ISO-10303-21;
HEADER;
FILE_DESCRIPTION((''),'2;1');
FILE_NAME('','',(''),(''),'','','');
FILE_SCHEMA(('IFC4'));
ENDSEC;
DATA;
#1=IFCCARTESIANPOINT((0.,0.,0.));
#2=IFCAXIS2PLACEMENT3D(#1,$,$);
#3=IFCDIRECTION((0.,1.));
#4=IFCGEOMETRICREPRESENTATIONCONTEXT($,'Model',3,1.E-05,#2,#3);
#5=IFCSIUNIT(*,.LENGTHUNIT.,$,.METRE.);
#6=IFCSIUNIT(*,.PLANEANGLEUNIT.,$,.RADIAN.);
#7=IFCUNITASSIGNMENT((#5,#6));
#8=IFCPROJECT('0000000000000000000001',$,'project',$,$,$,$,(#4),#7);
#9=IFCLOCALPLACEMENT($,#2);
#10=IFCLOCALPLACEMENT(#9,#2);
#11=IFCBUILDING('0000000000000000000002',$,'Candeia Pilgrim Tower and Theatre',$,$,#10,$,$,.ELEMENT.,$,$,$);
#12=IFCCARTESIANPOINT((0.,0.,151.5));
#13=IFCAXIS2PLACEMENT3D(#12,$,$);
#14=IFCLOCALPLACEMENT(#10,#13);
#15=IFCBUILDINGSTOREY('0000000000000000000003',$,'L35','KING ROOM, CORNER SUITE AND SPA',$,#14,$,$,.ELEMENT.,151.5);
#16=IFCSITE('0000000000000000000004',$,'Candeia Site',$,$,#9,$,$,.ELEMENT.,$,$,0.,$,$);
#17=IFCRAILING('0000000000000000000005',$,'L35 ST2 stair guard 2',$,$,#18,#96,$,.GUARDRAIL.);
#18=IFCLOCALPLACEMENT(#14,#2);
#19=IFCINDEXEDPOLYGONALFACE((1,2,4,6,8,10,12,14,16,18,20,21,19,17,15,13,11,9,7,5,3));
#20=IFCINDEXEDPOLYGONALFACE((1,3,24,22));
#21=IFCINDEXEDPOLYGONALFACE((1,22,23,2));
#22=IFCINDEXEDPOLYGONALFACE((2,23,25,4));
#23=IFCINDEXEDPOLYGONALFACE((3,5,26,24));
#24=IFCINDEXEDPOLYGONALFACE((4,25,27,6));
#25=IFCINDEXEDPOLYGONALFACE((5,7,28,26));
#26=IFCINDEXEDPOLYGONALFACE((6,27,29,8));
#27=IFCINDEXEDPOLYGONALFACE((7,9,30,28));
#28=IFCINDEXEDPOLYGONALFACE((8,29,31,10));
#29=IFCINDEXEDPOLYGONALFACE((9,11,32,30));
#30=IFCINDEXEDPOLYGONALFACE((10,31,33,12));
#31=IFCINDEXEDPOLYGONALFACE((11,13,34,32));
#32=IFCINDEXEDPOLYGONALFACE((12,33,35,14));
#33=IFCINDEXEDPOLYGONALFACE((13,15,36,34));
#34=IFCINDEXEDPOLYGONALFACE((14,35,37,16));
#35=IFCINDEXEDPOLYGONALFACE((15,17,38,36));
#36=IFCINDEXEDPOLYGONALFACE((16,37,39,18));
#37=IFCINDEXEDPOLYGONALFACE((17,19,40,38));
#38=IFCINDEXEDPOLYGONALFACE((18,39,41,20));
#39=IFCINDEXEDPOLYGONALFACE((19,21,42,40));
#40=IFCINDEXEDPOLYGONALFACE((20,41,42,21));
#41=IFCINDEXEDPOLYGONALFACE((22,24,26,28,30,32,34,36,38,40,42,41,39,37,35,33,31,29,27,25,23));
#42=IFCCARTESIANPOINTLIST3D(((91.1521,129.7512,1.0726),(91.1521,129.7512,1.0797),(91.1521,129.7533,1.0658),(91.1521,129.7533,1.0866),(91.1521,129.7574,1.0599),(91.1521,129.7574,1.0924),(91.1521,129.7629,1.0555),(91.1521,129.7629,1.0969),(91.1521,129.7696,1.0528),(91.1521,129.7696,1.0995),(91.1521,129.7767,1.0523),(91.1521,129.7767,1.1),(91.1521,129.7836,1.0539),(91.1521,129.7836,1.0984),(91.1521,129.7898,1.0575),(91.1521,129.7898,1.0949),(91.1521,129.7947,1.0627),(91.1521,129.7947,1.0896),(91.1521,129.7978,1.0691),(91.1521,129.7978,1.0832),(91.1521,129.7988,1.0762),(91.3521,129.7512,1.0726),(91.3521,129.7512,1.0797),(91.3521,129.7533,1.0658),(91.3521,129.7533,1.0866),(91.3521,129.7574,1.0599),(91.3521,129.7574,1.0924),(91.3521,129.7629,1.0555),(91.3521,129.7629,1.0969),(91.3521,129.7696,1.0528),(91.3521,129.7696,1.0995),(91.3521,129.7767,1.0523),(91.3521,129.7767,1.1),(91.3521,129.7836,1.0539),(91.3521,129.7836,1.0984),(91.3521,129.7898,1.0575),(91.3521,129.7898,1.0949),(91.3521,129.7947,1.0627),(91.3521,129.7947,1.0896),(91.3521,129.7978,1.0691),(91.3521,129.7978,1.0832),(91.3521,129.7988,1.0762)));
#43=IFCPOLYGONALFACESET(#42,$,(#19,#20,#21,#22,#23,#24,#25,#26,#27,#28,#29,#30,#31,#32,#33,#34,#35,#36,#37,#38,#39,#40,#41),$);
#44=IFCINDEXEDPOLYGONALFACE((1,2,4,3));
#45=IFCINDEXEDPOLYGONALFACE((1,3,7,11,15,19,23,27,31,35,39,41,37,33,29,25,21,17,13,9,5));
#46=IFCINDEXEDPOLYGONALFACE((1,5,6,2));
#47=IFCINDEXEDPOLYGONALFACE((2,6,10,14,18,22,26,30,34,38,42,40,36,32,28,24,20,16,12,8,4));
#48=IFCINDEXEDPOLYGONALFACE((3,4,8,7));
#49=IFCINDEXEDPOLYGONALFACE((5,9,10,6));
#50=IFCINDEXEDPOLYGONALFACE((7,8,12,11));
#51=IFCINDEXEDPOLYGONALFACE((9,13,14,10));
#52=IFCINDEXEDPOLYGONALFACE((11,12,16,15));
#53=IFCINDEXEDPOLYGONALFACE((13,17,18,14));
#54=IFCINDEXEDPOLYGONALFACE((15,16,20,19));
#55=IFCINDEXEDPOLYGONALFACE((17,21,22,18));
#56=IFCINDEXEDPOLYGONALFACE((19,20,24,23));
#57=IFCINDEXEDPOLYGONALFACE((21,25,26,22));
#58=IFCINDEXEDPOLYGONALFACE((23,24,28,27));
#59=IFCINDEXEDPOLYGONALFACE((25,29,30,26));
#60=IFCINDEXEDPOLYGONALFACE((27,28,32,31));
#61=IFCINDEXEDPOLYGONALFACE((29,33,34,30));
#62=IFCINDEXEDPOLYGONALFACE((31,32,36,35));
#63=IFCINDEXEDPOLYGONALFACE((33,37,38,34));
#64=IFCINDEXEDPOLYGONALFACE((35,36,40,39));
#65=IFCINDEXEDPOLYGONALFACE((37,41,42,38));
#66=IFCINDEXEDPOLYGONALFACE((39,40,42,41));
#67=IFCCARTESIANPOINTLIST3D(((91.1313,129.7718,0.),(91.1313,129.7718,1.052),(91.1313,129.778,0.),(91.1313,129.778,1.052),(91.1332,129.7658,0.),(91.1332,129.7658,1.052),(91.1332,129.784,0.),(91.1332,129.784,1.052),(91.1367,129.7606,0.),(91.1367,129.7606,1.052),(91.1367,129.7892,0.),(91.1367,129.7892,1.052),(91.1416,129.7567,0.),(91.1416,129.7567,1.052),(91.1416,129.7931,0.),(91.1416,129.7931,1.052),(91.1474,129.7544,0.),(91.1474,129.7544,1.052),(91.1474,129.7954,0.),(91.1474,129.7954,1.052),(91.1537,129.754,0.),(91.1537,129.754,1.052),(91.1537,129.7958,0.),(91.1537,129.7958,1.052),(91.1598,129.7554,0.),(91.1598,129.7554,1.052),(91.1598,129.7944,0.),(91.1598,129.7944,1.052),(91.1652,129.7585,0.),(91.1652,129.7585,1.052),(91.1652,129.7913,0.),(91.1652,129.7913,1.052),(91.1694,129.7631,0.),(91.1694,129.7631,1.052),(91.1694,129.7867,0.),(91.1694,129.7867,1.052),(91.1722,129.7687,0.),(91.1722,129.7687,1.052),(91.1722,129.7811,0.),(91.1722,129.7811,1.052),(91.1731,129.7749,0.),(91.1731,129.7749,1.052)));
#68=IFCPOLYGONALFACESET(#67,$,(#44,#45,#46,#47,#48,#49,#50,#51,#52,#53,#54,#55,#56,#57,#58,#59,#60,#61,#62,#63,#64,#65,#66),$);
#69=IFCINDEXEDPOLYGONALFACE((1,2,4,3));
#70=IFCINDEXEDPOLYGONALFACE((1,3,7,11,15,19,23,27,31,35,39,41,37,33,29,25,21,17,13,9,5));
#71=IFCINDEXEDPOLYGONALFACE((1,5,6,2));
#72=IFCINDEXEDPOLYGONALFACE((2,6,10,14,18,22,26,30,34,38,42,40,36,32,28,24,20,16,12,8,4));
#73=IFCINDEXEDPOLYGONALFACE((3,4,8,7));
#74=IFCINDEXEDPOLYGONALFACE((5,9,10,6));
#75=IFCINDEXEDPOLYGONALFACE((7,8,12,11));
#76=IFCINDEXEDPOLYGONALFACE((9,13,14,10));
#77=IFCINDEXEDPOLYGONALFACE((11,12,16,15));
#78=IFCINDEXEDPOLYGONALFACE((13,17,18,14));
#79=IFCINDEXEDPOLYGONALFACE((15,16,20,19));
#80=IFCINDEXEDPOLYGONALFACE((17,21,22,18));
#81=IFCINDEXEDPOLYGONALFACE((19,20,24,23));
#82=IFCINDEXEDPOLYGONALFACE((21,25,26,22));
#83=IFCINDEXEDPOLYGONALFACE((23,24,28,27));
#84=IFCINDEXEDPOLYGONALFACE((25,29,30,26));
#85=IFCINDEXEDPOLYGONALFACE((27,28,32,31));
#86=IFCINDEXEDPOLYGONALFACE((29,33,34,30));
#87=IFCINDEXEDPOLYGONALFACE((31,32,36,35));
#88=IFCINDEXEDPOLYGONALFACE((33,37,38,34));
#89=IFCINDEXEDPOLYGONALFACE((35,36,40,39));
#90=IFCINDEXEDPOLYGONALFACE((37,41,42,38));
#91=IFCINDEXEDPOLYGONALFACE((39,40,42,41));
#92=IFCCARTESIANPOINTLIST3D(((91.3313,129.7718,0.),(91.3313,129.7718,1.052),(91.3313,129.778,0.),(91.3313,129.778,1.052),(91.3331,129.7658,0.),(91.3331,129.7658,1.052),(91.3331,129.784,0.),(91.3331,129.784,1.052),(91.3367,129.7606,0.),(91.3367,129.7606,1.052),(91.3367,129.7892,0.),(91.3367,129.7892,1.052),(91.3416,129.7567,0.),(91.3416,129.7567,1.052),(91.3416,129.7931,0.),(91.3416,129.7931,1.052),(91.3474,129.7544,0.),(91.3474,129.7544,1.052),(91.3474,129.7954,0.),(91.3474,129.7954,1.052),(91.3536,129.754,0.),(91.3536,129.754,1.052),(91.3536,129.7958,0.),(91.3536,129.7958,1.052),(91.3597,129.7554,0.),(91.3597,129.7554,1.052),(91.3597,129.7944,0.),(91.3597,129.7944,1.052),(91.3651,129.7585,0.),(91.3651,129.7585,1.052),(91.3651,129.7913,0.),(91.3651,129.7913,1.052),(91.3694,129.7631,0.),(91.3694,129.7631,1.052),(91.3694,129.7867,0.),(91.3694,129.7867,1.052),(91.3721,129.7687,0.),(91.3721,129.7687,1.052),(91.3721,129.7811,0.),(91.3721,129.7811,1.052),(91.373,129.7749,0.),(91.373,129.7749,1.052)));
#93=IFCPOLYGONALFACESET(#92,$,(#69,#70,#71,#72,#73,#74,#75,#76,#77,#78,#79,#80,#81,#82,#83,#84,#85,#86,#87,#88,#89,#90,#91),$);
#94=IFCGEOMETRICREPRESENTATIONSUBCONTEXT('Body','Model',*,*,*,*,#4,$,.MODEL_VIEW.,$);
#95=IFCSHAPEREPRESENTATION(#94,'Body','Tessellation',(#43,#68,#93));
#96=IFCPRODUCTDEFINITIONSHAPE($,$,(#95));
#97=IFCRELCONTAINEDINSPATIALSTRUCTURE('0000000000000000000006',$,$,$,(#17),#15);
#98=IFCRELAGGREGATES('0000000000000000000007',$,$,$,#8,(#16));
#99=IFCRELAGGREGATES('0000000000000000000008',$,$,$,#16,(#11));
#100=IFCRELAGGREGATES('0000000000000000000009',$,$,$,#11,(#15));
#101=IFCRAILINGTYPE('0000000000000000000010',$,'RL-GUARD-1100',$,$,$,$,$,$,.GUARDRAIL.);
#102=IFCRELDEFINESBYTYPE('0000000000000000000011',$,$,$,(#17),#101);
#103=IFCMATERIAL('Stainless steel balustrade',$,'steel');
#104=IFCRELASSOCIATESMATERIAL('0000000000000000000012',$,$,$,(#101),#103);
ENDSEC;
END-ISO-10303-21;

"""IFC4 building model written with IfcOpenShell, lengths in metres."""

from ifc_helpers import new_model, si_unit, direction, frame, origin, origin_2d, place, context, subcontext, project, spatial, circle, extrude, material, type_object, element, save


model = new_model("IFC4")

# Units and contexts
model_context = context("Model", 3, precision=1e-05, world=origin(), true_north=direction((0.0, 1.0)))
body_context = subcontext(model_context, "Body", "Model", "MODEL_VIEW")
ifc_project = project(units=[si_unit("LENGTHUNIT", "METRE"), si_unit("PLANEANGLEUNIT", "RADIAN")], contexts=[model_context])

# Site, building, storey
site_placement = place(None, origin())
site = spatial("IfcSite", under=ifc_project, at=site_placement, Name="Candeia Site", CompositionType="ELEMENT", RefElevation=0.0)
building_placement = place(site_placement, origin())
building = spatial("IfcBuilding", under=site, at=building_placement, Name="Candeia Pilgrim Tower and Theatre", CompositionType="ELEMENT")
storey_placement = place(building_placement, frame((0.0, 0.0, 151.5)))
storey = spatial("IfcBuildingStorey", under=building, at=storey_placement, Name="L35", Description="KING ROOM, CORNER SUITE AND SPA", CompositionType="ELEMENT", Elevation=151.5)

# Shared definitions
ifc_material_1 = material(Name="Stainless steel balustrade", Category="steel")

# Railing
railing_type_1 = type_object("IfcRailingType", Name="RL-GUARD-1100", PredefinedType="GUARDRAIL", material=ifc_material_1)
railing_1_placement = place(storey_placement, frame((91.1521, 129.7749, 0.0)))
element("IfcRailing", 1, at=railing_1_placement, inside=storey, type_object=railing_type_1, Name="L35 ST2 stair guard 2", PredefinedType="GUARDRAIL", context=body_context, shape_type="SweptSolid", body=[
    extrude(circle(Radius=0.0239, at=origin_2d()), frame((0.0, 0.0, 1.0762), z_axis=(1.0, 0.0, 0.0), x_axis=(0.0, 1.0, 0.0)), (0.0, 0.0, 1.0), 0.2),
    extrude(circle(Radius=0.021, at=origin_2d()), origin(), (0.0, 0.0, 1.0), 1.052),
    extrude(circle(Radius=0.021, at=origin_2d()), frame((0.2, 0.0, 0.0)), (0.0, 0.0, 1.0), 1.052),
])

save(model, "model.ifc")
